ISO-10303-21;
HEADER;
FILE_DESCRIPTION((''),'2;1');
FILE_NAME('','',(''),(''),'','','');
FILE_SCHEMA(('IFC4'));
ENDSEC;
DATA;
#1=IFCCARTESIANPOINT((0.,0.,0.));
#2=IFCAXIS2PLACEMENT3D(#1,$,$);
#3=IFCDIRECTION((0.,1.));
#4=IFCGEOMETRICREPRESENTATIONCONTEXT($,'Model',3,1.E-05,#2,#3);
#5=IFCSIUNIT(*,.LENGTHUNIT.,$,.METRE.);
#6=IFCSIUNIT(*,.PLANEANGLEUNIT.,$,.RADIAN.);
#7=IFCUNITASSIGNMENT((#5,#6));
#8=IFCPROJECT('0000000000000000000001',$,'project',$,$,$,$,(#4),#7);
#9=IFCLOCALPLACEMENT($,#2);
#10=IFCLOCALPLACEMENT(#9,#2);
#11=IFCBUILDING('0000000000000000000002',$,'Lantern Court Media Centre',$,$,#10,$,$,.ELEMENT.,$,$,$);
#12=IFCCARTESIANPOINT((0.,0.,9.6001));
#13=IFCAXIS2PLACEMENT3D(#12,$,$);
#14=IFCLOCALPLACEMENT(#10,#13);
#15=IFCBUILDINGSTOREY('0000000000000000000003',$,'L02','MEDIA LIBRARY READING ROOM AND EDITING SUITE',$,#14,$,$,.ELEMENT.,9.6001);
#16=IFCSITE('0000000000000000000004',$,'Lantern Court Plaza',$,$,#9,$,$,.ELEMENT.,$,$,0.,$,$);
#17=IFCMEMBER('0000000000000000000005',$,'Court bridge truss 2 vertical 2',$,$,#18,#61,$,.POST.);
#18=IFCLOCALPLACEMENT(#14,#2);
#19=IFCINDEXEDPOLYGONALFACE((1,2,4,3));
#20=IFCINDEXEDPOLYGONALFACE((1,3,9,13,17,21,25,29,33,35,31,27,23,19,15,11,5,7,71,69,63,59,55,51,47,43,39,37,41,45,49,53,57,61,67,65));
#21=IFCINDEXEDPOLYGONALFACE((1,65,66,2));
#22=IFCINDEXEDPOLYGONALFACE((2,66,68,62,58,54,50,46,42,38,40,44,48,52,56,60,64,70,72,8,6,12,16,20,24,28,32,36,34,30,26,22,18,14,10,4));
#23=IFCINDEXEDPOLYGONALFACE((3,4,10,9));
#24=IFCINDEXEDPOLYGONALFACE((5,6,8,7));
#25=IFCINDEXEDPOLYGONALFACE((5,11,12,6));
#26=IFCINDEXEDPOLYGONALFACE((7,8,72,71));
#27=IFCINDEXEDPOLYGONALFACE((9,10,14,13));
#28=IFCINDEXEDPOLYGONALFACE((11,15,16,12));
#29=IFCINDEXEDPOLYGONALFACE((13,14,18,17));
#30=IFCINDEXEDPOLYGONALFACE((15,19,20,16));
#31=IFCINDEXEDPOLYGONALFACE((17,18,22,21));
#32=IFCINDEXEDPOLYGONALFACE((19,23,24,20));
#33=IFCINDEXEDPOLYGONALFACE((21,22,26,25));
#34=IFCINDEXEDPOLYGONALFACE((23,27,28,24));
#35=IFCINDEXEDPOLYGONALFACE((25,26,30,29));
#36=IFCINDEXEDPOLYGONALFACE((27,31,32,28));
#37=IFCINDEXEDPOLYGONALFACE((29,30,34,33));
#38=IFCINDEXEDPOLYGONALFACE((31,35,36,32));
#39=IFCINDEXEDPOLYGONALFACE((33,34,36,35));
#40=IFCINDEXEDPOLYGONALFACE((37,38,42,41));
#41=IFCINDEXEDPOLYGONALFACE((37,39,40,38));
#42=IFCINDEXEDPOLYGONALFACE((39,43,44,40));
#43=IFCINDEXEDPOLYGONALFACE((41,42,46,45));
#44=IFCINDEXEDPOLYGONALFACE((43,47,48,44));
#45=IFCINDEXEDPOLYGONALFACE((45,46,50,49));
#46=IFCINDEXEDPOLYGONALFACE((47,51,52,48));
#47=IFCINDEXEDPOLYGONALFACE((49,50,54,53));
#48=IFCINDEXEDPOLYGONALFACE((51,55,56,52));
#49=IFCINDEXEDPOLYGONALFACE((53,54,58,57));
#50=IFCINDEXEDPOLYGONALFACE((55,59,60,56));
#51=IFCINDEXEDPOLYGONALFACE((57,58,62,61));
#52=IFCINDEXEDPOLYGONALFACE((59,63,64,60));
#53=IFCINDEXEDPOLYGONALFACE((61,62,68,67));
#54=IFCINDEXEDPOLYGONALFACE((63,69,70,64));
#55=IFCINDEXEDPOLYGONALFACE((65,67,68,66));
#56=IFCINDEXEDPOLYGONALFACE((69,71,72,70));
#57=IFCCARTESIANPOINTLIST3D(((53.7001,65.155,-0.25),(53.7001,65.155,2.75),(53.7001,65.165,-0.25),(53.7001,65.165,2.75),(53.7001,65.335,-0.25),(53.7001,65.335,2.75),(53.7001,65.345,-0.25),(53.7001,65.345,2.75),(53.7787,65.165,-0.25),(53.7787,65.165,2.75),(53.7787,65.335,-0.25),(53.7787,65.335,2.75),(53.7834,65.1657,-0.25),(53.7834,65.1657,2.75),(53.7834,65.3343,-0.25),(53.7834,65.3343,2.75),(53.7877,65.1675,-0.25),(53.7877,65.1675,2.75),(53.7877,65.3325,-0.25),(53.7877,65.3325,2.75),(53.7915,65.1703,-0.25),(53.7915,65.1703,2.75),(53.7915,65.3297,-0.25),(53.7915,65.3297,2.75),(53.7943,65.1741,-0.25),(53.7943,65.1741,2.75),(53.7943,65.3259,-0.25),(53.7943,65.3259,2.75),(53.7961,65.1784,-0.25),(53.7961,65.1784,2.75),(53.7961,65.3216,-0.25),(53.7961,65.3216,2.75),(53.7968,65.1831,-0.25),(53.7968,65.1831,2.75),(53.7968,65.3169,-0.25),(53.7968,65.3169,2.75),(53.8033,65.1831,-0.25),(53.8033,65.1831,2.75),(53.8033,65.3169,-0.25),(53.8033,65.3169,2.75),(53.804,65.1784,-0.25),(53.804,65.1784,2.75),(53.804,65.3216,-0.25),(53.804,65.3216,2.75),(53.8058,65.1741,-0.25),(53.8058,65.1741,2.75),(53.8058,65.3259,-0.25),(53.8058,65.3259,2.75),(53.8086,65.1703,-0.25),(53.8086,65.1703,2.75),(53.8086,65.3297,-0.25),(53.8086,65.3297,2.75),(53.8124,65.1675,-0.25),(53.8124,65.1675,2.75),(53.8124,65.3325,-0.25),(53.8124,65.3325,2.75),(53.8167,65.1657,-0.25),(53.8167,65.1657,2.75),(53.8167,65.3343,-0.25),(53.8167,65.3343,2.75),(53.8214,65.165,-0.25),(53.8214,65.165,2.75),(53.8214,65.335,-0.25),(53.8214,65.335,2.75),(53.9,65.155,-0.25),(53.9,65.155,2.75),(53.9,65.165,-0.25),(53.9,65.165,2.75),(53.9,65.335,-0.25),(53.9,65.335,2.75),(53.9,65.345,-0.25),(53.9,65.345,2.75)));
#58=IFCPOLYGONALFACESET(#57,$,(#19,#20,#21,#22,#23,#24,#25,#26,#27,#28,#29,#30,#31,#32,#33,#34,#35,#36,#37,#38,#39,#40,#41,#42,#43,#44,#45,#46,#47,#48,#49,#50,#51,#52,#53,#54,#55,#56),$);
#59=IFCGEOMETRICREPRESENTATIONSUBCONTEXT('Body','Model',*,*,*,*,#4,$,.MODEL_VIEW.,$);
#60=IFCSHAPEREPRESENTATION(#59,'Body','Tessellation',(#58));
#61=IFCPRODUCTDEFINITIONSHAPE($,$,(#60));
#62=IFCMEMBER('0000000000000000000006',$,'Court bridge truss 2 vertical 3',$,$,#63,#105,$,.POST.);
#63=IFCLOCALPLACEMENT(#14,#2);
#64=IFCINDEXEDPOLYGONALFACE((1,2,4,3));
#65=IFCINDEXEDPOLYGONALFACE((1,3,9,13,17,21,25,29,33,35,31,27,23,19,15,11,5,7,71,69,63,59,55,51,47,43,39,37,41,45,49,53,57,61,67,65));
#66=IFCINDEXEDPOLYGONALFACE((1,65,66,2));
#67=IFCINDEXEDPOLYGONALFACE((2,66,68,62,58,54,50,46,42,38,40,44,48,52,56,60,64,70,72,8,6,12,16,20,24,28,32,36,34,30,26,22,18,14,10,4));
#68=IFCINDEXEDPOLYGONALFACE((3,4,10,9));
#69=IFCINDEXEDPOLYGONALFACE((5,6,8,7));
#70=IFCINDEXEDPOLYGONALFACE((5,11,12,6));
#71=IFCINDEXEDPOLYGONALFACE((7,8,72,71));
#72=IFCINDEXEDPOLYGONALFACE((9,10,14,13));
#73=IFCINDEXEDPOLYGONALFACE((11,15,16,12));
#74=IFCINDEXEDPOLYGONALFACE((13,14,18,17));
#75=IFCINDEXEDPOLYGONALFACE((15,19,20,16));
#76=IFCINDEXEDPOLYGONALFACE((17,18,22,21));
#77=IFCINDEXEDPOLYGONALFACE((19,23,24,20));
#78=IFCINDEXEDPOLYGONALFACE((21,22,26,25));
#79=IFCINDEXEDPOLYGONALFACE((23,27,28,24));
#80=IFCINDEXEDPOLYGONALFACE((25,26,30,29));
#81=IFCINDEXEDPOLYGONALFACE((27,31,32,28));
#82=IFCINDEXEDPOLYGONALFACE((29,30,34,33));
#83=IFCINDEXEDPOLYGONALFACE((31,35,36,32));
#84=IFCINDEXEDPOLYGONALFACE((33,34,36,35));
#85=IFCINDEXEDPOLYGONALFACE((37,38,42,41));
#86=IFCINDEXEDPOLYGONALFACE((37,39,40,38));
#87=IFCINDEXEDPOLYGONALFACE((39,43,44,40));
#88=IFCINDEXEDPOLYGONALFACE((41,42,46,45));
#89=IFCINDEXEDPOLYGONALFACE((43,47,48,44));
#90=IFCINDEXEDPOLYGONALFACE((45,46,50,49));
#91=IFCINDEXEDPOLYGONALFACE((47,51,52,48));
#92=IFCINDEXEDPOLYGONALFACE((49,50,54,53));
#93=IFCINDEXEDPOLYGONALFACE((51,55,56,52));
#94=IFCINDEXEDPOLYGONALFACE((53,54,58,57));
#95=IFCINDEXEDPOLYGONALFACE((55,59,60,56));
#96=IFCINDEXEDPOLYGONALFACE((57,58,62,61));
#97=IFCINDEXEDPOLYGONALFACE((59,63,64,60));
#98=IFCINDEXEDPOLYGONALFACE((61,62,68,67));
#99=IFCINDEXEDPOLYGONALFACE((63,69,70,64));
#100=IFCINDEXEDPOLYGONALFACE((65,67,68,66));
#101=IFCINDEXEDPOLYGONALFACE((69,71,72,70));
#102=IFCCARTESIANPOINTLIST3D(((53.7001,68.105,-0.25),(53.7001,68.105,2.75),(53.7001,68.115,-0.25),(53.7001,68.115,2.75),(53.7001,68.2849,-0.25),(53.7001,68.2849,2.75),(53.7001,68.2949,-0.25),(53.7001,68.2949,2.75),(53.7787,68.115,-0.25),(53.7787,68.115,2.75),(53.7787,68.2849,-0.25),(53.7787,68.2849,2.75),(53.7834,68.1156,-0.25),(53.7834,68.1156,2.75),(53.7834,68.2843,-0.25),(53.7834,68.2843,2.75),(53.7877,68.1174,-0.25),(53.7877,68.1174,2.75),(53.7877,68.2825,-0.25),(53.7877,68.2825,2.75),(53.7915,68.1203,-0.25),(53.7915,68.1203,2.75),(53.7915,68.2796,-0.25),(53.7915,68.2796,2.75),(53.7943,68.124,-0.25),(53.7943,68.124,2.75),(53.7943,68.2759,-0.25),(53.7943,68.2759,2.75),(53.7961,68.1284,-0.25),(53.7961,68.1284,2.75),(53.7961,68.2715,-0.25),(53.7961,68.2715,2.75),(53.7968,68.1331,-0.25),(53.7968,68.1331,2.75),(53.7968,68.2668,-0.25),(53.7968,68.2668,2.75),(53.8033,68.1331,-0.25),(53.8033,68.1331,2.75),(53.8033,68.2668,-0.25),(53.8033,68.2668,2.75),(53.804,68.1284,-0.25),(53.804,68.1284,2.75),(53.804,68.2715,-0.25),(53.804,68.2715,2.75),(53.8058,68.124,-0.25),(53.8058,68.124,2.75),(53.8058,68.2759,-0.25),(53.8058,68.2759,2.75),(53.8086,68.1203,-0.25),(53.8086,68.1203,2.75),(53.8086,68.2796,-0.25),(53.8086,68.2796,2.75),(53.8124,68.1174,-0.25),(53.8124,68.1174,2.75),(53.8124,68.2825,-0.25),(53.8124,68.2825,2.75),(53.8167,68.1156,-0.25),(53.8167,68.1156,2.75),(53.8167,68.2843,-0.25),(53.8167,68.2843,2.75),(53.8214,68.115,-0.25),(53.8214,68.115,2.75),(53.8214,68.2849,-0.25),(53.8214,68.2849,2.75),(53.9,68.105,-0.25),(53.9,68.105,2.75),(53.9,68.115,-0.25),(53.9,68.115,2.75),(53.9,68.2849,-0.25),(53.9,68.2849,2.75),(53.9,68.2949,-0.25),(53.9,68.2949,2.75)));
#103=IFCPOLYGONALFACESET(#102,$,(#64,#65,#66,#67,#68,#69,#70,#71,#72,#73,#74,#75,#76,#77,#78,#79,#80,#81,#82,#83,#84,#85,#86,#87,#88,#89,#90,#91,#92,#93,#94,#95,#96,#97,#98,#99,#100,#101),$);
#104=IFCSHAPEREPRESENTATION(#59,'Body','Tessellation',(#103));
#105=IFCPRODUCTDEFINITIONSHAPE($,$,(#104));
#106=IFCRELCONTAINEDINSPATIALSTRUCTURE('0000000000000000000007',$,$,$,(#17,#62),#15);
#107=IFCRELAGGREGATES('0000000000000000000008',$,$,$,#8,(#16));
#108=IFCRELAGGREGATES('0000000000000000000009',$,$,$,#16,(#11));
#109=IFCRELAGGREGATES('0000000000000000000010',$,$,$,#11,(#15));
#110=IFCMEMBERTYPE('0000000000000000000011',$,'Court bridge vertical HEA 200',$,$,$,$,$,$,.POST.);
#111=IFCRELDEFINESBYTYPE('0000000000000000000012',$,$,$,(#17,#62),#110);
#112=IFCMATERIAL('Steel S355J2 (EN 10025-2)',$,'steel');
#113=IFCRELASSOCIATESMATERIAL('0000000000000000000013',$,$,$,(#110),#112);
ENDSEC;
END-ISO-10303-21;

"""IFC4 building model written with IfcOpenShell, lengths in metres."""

from ifc_helpers import new_model, si_unit, direction, frame, origin, origin_2d, place, context, subcontext, project, spatial, i_section, extrude, material, material_profile, profile_set, type_object, element, save


model = new_model("IFC4")

# Units and contexts
model_context = context("Model", 3, precision=1e-05, world=origin(), true_north=direction((0.0, 1.0)))
body_context = subcontext(model_context, "Body", "Model", "MODEL_VIEW")
ifc_project = project(units=[si_unit("LENGTHUNIT", "METRE"), si_unit("PLANEANGLEUNIT", "RADIAN")], contexts=[model_context])

# Site, building, storey
site_placement = place(None, origin())
site = spatial("IfcSite", under=ifc_project, at=site_placement, Name="Lantern Court Plaza", CompositionType="ELEMENT", RefElevation=0.0)
building_placement = place(site_placement, origin())
building = spatial("IfcBuilding", under=site, at=building_placement, Name="Lantern Court Media Centre", CompositionType="ELEMENT")
storey_placement = place(building_placement, frame((0.0, 0.0, 9.6001)))
storey = spatial("IfcBuildingStorey", under=building, at=storey_placement, Name="L02", Description="MEDIA LIBRARY READING ROOM AND EDITING SUITE", CompositionType="ELEMENT", Elevation=9.6001)

# Shared definitions
ifc_material = material(Name="Steel S355J2 (EN 10025-2)", Category="steel")

# Members
ifc_material_profile_1 = material_profile(ifc_material, i_section(OverallWidth=0.2, OverallDepth=0.1899, WebThickness=0.0066, FlangeThickness=0.01, FilletRadius=0.0181, at=origin_2d()), Name="HEA 200")
ifc_profile_set_1 = profile_set([ifc_material_profile_1], Name="Steel S355J2 (EN 10025-2)")
member_type_1 = type_object("IfcMemberType", Name="Court bridge vertical HEA 200", PredefinedType="POST", material=ifc_profile_set_1)
for number, where, z_axis, x_axis, name in (
    (1, (53.8, 65.25, -0.25), (0.0, 0.0, 1.0), (1.0, 0.0, 0.0), "Court bridge truss 2 vertical 2"),
    (2, (53.8, 68.2, -0.25), (0.0, 0.0, 1.0), (1.0, 0.0, 0.0), "Court bridge truss 2 vertical 3"),
):
    element("IfcMember", number, at=place(storey_placement, frame(where, z_axis=z_axis, x_axis=x_axis)), inside=storey, type_object=member_type_1, Name=name, PredefinedType="POST", context=body_context, shape_type="SweptSolid", body=[
        extrude(i_section(OverallWidth=0.2, OverallDepth=0.1899, WebThickness=0.0066, FlangeThickness=0.01, FilletRadius=0.0181, at=origin_2d()), origin(), (0.0, 0.0, 1.0), 3.0),
    ])

save(model, "model.ifc")
